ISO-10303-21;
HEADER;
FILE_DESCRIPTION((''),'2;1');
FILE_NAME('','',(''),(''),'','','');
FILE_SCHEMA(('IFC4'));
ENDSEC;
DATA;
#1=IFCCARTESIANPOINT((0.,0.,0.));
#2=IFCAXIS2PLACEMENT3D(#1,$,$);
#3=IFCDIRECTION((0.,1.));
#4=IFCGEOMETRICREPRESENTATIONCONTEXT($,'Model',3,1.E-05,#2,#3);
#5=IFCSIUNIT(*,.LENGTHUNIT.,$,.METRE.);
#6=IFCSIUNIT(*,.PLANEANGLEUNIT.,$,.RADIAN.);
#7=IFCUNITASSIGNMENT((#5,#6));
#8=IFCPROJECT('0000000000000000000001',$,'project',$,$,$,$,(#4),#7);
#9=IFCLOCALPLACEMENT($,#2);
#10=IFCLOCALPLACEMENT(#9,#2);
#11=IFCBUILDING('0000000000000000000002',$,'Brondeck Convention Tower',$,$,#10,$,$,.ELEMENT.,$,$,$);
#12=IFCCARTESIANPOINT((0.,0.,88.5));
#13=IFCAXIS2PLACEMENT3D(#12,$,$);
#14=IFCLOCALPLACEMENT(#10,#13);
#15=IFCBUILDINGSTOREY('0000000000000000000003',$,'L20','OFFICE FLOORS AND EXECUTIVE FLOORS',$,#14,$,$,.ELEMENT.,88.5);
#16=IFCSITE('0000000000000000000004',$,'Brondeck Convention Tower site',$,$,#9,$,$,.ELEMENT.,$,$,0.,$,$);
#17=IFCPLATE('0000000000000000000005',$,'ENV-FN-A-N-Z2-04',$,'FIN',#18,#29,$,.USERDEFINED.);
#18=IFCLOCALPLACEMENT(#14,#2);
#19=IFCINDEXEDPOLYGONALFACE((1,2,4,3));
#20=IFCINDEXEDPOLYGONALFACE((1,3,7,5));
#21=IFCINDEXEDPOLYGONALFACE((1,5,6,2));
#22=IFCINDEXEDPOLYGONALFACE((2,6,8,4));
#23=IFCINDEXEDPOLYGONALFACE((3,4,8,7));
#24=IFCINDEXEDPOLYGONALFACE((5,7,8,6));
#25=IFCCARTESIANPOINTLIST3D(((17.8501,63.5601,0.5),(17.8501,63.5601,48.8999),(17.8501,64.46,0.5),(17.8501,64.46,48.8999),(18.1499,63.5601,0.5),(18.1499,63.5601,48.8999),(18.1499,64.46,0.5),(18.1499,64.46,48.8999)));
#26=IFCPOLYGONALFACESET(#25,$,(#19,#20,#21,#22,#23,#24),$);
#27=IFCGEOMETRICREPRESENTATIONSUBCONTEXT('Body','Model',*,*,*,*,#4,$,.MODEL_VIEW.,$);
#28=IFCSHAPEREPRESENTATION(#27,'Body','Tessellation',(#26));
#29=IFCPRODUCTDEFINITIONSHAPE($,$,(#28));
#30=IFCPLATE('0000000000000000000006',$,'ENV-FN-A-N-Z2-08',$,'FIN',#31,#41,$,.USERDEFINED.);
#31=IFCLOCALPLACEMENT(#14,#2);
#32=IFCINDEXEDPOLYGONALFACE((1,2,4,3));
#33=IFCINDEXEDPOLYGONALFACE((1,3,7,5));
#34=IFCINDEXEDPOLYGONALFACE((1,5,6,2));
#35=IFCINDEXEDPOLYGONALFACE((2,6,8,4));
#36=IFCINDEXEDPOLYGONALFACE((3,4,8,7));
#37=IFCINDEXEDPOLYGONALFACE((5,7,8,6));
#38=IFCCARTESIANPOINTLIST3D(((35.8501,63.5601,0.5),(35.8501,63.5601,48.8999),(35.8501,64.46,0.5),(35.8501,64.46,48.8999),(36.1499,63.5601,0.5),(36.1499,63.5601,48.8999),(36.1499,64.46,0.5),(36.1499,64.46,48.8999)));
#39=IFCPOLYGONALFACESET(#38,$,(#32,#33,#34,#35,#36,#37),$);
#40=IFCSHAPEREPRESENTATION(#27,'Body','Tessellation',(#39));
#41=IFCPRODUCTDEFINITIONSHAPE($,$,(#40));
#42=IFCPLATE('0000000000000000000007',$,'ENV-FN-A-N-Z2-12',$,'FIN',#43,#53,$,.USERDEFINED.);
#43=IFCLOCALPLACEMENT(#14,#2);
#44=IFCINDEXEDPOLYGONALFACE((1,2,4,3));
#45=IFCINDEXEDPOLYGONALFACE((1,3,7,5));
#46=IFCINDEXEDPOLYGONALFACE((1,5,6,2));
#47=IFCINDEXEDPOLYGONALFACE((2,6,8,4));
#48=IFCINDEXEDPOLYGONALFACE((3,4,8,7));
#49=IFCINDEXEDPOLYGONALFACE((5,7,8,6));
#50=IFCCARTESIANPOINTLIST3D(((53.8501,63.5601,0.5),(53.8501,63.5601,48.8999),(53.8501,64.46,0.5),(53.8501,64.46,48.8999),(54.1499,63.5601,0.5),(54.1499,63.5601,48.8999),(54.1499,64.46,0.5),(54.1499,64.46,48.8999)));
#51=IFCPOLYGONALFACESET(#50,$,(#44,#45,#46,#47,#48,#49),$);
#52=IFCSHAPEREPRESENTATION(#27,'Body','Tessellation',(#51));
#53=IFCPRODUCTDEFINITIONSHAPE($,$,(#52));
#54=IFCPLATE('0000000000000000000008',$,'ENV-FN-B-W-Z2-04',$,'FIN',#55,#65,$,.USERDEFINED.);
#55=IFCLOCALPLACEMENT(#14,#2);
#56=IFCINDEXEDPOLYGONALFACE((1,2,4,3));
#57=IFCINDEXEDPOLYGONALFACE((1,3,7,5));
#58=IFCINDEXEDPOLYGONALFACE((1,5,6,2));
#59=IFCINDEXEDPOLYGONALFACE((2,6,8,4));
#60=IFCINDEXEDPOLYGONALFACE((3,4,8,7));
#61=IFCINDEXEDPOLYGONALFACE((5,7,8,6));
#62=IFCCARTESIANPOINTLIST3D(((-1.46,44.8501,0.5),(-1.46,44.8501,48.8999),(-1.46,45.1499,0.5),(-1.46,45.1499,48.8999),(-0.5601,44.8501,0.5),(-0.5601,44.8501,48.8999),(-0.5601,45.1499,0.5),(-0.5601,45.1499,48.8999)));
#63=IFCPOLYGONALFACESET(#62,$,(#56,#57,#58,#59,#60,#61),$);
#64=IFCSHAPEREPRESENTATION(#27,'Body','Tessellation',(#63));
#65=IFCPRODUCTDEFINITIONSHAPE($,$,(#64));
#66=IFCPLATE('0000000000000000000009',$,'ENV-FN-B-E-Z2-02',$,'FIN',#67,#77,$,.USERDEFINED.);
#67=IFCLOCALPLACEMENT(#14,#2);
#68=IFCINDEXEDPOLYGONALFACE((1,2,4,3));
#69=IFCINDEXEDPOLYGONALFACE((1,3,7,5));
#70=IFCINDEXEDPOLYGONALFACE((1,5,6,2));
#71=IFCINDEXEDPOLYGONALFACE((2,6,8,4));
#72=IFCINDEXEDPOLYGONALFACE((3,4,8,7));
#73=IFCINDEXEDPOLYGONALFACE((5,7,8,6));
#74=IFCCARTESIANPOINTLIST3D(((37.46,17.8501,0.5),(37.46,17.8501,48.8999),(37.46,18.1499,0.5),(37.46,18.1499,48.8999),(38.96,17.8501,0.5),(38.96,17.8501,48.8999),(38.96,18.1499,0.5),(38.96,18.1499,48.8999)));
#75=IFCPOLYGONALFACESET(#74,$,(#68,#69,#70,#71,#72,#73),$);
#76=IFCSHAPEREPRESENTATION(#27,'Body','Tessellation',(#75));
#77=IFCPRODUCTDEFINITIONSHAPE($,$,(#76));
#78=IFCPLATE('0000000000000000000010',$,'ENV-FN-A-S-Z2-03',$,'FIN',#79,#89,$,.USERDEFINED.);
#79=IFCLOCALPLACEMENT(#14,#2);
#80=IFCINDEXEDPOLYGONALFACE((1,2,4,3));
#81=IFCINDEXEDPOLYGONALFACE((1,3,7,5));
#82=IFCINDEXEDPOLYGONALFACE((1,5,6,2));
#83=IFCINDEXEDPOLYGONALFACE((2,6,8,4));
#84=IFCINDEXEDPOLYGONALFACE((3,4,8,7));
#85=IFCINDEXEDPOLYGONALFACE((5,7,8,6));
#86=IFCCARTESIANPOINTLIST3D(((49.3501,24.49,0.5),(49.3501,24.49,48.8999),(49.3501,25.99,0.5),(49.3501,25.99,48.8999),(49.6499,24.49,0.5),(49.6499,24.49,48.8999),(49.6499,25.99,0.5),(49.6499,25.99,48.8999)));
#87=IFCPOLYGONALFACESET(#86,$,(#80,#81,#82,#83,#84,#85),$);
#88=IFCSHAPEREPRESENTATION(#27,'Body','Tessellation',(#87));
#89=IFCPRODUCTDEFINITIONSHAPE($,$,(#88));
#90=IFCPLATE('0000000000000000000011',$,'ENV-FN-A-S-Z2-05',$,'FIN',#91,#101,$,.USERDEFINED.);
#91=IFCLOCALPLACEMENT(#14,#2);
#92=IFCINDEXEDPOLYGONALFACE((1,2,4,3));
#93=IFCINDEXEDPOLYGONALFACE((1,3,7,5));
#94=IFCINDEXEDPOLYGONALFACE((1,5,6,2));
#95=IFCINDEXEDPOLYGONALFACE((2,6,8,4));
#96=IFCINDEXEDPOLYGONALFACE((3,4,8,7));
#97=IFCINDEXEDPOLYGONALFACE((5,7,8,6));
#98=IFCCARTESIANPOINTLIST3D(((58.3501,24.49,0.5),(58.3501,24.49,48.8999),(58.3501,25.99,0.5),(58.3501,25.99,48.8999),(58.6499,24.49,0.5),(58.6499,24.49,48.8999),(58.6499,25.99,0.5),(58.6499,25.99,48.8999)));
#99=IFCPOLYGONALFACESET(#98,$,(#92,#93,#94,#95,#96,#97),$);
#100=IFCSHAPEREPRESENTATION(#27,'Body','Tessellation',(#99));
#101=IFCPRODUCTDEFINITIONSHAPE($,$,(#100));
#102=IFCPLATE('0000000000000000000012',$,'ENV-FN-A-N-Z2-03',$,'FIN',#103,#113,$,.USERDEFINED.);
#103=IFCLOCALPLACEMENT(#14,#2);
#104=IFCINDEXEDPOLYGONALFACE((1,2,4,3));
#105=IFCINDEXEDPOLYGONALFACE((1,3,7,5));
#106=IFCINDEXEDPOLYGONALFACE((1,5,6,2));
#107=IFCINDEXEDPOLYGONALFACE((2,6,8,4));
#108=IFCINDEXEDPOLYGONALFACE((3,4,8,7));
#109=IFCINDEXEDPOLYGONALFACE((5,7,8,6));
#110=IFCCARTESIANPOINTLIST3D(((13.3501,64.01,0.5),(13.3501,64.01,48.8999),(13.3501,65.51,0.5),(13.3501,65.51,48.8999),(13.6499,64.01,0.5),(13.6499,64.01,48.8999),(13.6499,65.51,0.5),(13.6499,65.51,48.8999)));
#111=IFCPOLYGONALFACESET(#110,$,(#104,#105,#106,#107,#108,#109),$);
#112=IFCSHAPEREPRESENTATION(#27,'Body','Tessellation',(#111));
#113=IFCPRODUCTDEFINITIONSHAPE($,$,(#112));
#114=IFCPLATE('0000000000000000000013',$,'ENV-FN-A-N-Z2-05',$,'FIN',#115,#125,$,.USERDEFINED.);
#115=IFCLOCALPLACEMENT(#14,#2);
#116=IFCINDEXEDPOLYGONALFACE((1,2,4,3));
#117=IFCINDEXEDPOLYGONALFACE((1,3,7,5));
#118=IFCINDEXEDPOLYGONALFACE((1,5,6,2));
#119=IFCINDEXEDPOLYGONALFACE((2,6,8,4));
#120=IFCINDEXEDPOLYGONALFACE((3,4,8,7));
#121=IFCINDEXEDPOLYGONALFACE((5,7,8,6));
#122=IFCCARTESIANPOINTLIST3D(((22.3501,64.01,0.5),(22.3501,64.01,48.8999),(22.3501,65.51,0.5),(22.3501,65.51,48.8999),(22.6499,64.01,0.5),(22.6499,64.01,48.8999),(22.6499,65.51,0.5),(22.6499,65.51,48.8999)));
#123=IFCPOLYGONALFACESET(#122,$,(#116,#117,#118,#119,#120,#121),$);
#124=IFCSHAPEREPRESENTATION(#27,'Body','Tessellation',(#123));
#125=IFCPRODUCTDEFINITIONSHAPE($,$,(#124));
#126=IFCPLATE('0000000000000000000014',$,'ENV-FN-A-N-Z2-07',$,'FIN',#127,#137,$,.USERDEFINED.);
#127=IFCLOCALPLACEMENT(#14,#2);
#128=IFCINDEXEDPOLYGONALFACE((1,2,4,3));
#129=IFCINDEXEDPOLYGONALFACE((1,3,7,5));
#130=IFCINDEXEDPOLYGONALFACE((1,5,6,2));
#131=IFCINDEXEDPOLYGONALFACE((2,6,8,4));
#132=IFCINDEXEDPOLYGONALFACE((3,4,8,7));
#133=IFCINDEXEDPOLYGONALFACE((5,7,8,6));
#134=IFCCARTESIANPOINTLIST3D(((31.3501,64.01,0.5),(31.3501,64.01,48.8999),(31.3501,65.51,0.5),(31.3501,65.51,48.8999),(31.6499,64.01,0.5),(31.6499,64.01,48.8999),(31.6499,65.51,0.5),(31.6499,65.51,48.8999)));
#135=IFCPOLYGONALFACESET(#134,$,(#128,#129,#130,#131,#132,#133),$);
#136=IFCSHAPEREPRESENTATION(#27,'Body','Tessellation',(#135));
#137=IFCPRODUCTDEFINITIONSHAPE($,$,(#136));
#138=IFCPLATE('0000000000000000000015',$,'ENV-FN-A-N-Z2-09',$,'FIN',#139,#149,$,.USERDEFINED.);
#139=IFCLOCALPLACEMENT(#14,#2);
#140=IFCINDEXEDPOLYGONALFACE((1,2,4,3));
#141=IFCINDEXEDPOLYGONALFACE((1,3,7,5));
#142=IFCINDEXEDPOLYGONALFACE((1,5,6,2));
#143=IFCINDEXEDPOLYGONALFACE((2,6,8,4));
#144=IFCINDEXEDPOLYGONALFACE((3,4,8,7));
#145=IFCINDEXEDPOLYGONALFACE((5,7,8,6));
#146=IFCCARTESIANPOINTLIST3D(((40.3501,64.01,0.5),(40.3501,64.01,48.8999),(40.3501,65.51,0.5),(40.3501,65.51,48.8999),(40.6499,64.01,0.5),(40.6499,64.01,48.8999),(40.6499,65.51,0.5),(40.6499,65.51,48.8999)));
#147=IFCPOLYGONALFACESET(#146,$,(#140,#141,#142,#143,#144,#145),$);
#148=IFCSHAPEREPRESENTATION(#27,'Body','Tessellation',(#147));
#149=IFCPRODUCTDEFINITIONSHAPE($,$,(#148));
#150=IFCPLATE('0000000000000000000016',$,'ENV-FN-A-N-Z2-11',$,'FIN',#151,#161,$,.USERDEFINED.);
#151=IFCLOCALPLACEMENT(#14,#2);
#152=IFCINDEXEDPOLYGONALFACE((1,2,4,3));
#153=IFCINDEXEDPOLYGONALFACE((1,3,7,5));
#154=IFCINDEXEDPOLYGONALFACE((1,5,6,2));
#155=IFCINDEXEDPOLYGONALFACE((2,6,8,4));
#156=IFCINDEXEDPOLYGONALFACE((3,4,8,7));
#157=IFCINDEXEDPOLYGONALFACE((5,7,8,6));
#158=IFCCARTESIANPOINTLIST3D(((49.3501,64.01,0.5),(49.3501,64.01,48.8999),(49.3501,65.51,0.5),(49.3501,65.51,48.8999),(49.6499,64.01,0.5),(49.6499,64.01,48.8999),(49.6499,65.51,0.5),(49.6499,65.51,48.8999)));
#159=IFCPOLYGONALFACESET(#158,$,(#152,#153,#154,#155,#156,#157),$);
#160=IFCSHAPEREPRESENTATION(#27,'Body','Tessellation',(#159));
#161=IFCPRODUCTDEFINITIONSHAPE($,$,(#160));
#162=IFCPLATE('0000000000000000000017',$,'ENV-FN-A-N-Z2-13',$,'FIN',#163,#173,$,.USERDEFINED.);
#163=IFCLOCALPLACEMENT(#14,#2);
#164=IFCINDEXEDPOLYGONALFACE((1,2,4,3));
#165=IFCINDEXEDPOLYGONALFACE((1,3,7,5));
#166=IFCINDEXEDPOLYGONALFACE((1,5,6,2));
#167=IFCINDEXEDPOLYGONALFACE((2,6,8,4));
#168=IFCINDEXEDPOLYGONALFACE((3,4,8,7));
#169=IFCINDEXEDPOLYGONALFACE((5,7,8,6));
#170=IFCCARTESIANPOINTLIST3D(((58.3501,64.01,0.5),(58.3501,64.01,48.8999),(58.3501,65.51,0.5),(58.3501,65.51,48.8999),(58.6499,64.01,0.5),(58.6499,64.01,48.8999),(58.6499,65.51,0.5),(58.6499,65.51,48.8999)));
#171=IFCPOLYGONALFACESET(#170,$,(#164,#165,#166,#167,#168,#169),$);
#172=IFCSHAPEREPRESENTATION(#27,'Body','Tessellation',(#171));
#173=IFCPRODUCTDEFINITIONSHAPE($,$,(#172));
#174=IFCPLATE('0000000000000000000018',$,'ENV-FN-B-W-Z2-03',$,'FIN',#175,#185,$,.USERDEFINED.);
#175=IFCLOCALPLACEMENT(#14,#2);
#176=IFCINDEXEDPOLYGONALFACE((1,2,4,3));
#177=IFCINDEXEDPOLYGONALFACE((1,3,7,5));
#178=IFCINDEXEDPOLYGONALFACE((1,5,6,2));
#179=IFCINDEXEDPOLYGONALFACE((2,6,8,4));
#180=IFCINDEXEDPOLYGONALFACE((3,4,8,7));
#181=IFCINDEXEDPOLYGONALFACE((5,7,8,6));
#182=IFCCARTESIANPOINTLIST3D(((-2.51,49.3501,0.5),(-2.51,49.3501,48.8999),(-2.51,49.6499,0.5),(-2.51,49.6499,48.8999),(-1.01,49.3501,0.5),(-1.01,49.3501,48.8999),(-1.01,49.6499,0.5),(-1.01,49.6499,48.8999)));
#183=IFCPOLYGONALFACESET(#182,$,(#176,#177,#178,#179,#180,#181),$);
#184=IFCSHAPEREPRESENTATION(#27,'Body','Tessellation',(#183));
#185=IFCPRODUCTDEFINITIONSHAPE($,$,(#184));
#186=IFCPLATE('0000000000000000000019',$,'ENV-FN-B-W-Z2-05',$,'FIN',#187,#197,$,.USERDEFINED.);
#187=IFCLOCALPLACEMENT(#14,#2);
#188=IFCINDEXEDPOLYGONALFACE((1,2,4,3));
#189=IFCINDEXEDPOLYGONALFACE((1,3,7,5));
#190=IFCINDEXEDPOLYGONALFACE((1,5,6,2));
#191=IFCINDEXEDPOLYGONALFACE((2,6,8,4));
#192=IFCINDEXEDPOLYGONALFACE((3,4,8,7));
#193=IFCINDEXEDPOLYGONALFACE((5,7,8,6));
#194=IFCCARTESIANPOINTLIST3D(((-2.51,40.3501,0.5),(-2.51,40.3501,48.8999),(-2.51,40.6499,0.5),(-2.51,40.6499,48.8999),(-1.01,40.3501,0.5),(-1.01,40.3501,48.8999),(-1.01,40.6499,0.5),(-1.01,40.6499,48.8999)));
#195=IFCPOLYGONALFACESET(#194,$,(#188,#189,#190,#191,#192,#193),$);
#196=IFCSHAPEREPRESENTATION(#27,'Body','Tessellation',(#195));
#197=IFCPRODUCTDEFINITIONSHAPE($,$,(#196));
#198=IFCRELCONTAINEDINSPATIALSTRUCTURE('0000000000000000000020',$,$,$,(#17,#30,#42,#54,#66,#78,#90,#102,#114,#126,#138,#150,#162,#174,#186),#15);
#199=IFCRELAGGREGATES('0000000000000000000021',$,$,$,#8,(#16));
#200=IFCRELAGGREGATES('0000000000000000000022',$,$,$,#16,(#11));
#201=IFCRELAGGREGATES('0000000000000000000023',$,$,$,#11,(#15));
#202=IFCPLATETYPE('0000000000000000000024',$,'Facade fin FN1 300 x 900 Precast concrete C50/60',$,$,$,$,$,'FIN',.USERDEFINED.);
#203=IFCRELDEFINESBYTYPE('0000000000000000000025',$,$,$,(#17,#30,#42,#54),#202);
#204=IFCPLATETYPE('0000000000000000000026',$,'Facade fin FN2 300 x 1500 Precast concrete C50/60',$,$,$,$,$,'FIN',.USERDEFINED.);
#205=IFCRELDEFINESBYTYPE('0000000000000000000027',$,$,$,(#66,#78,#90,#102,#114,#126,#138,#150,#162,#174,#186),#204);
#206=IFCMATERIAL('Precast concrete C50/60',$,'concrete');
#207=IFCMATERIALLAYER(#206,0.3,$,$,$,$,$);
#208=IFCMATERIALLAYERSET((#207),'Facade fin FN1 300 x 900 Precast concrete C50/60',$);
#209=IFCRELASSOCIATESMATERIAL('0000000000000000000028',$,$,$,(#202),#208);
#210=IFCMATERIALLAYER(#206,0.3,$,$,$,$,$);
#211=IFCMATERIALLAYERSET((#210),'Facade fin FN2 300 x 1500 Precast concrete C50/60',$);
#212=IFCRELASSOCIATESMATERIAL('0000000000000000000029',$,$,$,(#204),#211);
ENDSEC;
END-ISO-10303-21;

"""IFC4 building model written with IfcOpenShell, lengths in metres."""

from ifc_helpers import new_model, si_unit, direction, frame, origin, place, context, subcontext, project, spatial, polyline, outline, extrude, material, layer, layer_set, type_object, element, save


model = new_model("IFC4")

# Units and contexts
model_context = context("Model", 3, precision=1e-05, world=origin(), true_north=direction((0.0, 1.0)))
body_context = subcontext(model_context, "Body", "Model", "MODEL_VIEW")
ifc_project = project(units=[si_unit("LENGTHUNIT", "METRE"), si_unit("PLANEANGLEUNIT", "RADIAN")], contexts=[model_context])

# Site, building, storey
site_placement = place(None, origin())
site = spatial("IfcSite", under=ifc_project, at=site_placement, Name="Brondeck Convention Tower site", CompositionType="ELEMENT", RefElevation=0.0)
building_placement = place(site_placement, origin())
building = spatial("IfcBuilding", under=site, at=building_placement, Name="Brondeck Convention Tower", CompositionType="ELEMENT")
storey_placement = place(building_placement, frame((0.0, 0.0, 88.5)))
storey = spatial("IfcBuildingStorey", under=building, at=storey_placement, Name="L20", Description="OFFICE FLOORS AND EXECUTIVE FLOORS", CompositionType="ELEMENT", Elevation=88.5)

# Plates
ifc_material_1 = material(Name="Precast concrete C50/60", Category="concrete")
ifc_layer_1 = layer(ifc_material_1, 0.3)
ifc_layer_set_1 = layer_set([ifc_layer_1], Name="Facade fin FN1 300 x 900 Precast concrete C50/60")
plate_type_1 = type_object("IfcPlateType", Name="Facade fin FN1 300 x 900 Precast concrete C50/60", ElementType="FIN", PredefinedType="USERDEFINED", material=ifc_layer_set_1)
plate_1_placement = place(storey_placement, frame((0.0, 0.0, 0.5)))
element("IfcPlate", 1, at=plate_1_placement, inside=storey, type_object=plate_type_1, Name="ENV-FN-A-N-Z2-04", ObjectType="FIN", PredefinedType="USERDEFINED", context=body_context, shape_type="SweptSolid", body=[
    extrude(outline(polyline([(17.8501, 64.46), (17.8501, 63.5601), (18.1499, 63.5601), (18.1499, 64.46), (17.8501, 64.46)])), origin(), (0.0, 0.0, 1.0), 48.3999),
])
plate_2_placement = place(storey_placement, frame((0.0, 0.0, 0.5)))
element("IfcPlate", 2, at=plate_2_placement, inside=storey, type_object=plate_type_1, Name="ENV-FN-A-N-Z2-08", ObjectType="FIN", PredefinedType="USERDEFINED", context=body_context, shape_type="SweptSolid", body=[
    extrude(outline(polyline([(35.8501, 64.46), (35.8501, 63.5601), (36.1499, 63.5601), (36.1499, 64.46), (35.8501, 64.46)])), origin(), (0.0, 0.0, 1.0), 48.3999),
])
plate_3_placement = place(storey_placement, frame((0.0, 0.0, 0.5)))
element("IfcPlate", 3, at=plate_3_placement, inside=storey, type_object=plate_type_1, Name="ENV-FN-A-N-Z2-12", ObjectType="FIN", PredefinedType="USERDEFINED", context=body_context, shape_type="SweptSolid", body=[
    extrude(outline(polyline([(53.8501, 64.46), (53.8501, 63.5601), (54.1499, 63.5601), (54.1499, 64.46), (53.8501, 64.46)])), origin(), (0.0, 0.0, 1.0), 48.3999),
])
plate_4_placement = place(storey_placement, frame((0.0, 0.0, 0.5)))
element("IfcPlate", 4, at=plate_4_placement, inside=storey, type_object=plate_type_1, Name="ENV-FN-B-W-Z2-04", ObjectType="FIN", PredefinedType="USERDEFINED", context=body_context, shape_type="SweptSolid", body=[
    extrude(outline(polyline([(-1.46, 44.8501), (-0.5601, 44.8501), (-0.5601, 45.1499), (-1.46, 45.1499), (-1.46, 44.8501)])), origin(), (0.0, 0.0, 1.0), 48.3999),
])
ifc_layer_2 = layer(ifc_material_1, 0.3)
ifc_layer_set_2 = layer_set([ifc_layer_2], Name="Facade fin FN2 300 x 1500 Precast concrete C50/60")
plate_type_2 = type_object("IfcPlateType", Name="Facade fin FN2 300 x 1500 Precast concrete C50/60", ElementType="FIN", PredefinedType="USERDEFINED", material=ifc_layer_set_2)
plate_5_placement = place(storey_placement, frame((0.0, 0.0, 0.5)))
element("IfcPlate", 5, at=plate_5_placement, inside=storey, type_object=plate_type_2, Name="ENV-FN-B-E-Z2-02", ObjectType="FIN", PredefinedType="USERDEFINED", context=body_context, shape_type="SweptSolid", body=[
    extrude(outline(polyline([(38.96, 18.1499), (37.46, 18.1499), (37.46, 17.8501), (38.96, 17.8501), (38.96, 18.1499)])), origin(), (0.0, 0.0, 1.0), 48.3999),
])
plate_6_placement = place(storey_placement, frame((0.0, 0.0, 0.5)))
element("IfcPlate", 6, at=plate_6_placement, inside=storey, type_object=plate_type_2, Name="ENV-FN-A-S-Z2-03", ObjectType="FIN", PredefinedType="USERDEFINED", context=body_context, shape_type="SweptSolid", body=[
    extrude(outline(polyline([(49.6499, 24.49), (49.6499, 25.99), (49.3501, 25.99), (49.3501, 24.49), (49.6499, 24.49)])), origin(), (0.0, 0.0, 1.0), 48.3999),
])
plate_7_placement = place(storey_placement, frame((0.0, 0.0, 0.5)))
element("IfcPlate", 7, at=plate_7_placement, inside=storey, type_object=plate_type_2, Name="ENV-FN-A-S-Z2-05", ObjectType="FIN", PredefinedType="USERDEFINED", context=body_context, shape_type="SweptSolid", body=[
    extrude(outline(polyline([(58.6499, 24.49), (58.6499, 25.99), (58.3501, 25.99), (58.3501, 24.49), (58.6499, 24.49)])), origin(), (0.0, 0.0, 1.0), 48.3999),
])
plate_8_placement = place(storey_placement, frame((0.0, 0.0, 0.5)))
element("IfcPlate", 8, at=plate_8_placement, inside=storey, type_object=plate_type_2, Name="ENV-FN-A-N-Z2-03", ObjectType="FIN", PredefinedType="USERDEFINED", context=body_context, shape_type="SweptSolid", body=[
    extrude(outline(polyline([(13.3501, 65.51), (13.3501, 64.01), (13.6499, 64.01), (13.6499, 65.51), (13.3501, 65.51)])), origin(), (0.0, 0.0, 1.0), 48.3999),
])
plate_9_placement = place(storey_placement, frame((0.0, 0.0, 0.5)))
element("IfcPlate", 9, at=plate_9_placement, inside=storey, type_object=plate_type_2, Name="ENV-FN-A-N-Z2-05", ObjectType="FIN", PredefinedType="USERDEFINED", context=body_context, shape_type="SweptSolid", body=[
    extrude(outline(polyline([(22.3501, 65.51), (22.3501, 64.01), (22.6499, 64.01), (22.6499, 65.51), (22.3501, 65.51)])), origin(), (0.0, 0.0, 1.0), 48.3999),
])
plate_10_placement = place(storey_placement, frame((0.0, 0.0, 0.5)))
element("IfcPlate", 10, at=plate_10_placement, inside=storey, type_object=plate_type_2, Name="ENV-FN-A-N-Z2-07", ObjectType="FIN", PredefinedType="USERDEFINED", context=body_context, shape_type="SweptSolid", body=[
    extrude(outline(polyline([(31.3501, 65.51), (31.3501, 64.01), (31.6499, 64.01), (31.6499, 65.51), (31.3501, 65.51)])), origin(), (0.0, 0.0, 1.0), 48.3999),
])
plate_11_placement = place(storey_placement, frame((0.0, 0.0, 0.5)))
element("IfcPlate", 11, at=plate_11_placement, inside=storey, type_object=plate_type_2, Name="ENV-FN-A-N-Z2-09", ObjectType="FIN", PredefinedType="USERDEFINED", context=body_context, shape_type="SweptSolid", body=[
    extrude(outline(polyline([(40.3501, 65.51), (40.3501, 64.01), (40.6499, 64.01), (40.6499, 65.51), (40.3501, 65.51)])), origin(), (0.0, 0.0, 1.0), 48.3999),
])
plate_12_placement = place(storey_placement, frame((0.0, 0.0, 0.5)))
element("IfcPlate", 12, at=plate_12_placement, inside=storey, type_object=plate_type_2, Name="ENV-FN-A-N-Z2-11", ObjectType="FIN", PredefinedType="USERDEFINED", context=body_context, shape_type="SweptSolid", body=[
    extrude(outline(polyline([(49.3501, 65.51), (49.3501, 64.01), (49.6499, 64.01), (49.6499, 65.51), (49.3501, 65.51)])), origin(), (0.0, 0.0, 1.0), 48.3999),
])
plate_13_placement = place(storey_placement, frame((0.0, 0.0, 0.5)))
element("IfcPlate", 13, at=plate_13_placement, inside=storey, type_object=plate_type_2, Name="ENV-FN-A-N-Z2-13", ObjectType="FIN", PredefinedType="USERDEFINED", context=body_context, shape_type="SweptSolid", body=[
    extrude(outline(polyline([(58.3501, 65.51), (58.3501, 64.01), (58.6499, 64.01), (58.6499, 65.51), (58.3501, 65.51)])), origin(), (0.0, 0.0, 1.0), 48.3999),
])
plate_14_placement = place(storey_placement, frame((0.0, 0.0, 0.5)))
element("IfcPlate", 14, at=plate_14_placement, inside=storey, type_object=plate_type_2, Name="ENV-FN-B-W-Z2-03", ObjectType="FIN", PredefinedType="USERDEFINED", context=body_context, shape_type="SweptSolid", body=[
    extrude(outline(polyline([(-2.51, 49.3501), (-1.01, 49.3501), (-1.01, 49.6499), (-2.51, 49.6499), (-2.51, 49.3501)])), origin(), (0.0, 0.0, 1.0), 48.3999),
])
plate_15_placement = place(storey_placement, frame((0.0, 0.0, 0.5)))
element("IfcPlate", 15, at=plate_15_placement, inside=storey, type_object=plate_type_2, Name="ENV-FN-B-W-Z2-05", ObjectType="FIN", PredefinedType="USERDEFINED", context=body_context, shape_type="SweptSolid", body=[
    extrude(outline(polyline([(-2.51, 40.3501), (-1.01, 40.3501), (-1.01, 40.6499), (-2.51, 40.6499), (-2.51, 40.3501)])), origin(), (0.0, 0.0, 1.0), 48.3999),
])

save(model, "model.ifc")
